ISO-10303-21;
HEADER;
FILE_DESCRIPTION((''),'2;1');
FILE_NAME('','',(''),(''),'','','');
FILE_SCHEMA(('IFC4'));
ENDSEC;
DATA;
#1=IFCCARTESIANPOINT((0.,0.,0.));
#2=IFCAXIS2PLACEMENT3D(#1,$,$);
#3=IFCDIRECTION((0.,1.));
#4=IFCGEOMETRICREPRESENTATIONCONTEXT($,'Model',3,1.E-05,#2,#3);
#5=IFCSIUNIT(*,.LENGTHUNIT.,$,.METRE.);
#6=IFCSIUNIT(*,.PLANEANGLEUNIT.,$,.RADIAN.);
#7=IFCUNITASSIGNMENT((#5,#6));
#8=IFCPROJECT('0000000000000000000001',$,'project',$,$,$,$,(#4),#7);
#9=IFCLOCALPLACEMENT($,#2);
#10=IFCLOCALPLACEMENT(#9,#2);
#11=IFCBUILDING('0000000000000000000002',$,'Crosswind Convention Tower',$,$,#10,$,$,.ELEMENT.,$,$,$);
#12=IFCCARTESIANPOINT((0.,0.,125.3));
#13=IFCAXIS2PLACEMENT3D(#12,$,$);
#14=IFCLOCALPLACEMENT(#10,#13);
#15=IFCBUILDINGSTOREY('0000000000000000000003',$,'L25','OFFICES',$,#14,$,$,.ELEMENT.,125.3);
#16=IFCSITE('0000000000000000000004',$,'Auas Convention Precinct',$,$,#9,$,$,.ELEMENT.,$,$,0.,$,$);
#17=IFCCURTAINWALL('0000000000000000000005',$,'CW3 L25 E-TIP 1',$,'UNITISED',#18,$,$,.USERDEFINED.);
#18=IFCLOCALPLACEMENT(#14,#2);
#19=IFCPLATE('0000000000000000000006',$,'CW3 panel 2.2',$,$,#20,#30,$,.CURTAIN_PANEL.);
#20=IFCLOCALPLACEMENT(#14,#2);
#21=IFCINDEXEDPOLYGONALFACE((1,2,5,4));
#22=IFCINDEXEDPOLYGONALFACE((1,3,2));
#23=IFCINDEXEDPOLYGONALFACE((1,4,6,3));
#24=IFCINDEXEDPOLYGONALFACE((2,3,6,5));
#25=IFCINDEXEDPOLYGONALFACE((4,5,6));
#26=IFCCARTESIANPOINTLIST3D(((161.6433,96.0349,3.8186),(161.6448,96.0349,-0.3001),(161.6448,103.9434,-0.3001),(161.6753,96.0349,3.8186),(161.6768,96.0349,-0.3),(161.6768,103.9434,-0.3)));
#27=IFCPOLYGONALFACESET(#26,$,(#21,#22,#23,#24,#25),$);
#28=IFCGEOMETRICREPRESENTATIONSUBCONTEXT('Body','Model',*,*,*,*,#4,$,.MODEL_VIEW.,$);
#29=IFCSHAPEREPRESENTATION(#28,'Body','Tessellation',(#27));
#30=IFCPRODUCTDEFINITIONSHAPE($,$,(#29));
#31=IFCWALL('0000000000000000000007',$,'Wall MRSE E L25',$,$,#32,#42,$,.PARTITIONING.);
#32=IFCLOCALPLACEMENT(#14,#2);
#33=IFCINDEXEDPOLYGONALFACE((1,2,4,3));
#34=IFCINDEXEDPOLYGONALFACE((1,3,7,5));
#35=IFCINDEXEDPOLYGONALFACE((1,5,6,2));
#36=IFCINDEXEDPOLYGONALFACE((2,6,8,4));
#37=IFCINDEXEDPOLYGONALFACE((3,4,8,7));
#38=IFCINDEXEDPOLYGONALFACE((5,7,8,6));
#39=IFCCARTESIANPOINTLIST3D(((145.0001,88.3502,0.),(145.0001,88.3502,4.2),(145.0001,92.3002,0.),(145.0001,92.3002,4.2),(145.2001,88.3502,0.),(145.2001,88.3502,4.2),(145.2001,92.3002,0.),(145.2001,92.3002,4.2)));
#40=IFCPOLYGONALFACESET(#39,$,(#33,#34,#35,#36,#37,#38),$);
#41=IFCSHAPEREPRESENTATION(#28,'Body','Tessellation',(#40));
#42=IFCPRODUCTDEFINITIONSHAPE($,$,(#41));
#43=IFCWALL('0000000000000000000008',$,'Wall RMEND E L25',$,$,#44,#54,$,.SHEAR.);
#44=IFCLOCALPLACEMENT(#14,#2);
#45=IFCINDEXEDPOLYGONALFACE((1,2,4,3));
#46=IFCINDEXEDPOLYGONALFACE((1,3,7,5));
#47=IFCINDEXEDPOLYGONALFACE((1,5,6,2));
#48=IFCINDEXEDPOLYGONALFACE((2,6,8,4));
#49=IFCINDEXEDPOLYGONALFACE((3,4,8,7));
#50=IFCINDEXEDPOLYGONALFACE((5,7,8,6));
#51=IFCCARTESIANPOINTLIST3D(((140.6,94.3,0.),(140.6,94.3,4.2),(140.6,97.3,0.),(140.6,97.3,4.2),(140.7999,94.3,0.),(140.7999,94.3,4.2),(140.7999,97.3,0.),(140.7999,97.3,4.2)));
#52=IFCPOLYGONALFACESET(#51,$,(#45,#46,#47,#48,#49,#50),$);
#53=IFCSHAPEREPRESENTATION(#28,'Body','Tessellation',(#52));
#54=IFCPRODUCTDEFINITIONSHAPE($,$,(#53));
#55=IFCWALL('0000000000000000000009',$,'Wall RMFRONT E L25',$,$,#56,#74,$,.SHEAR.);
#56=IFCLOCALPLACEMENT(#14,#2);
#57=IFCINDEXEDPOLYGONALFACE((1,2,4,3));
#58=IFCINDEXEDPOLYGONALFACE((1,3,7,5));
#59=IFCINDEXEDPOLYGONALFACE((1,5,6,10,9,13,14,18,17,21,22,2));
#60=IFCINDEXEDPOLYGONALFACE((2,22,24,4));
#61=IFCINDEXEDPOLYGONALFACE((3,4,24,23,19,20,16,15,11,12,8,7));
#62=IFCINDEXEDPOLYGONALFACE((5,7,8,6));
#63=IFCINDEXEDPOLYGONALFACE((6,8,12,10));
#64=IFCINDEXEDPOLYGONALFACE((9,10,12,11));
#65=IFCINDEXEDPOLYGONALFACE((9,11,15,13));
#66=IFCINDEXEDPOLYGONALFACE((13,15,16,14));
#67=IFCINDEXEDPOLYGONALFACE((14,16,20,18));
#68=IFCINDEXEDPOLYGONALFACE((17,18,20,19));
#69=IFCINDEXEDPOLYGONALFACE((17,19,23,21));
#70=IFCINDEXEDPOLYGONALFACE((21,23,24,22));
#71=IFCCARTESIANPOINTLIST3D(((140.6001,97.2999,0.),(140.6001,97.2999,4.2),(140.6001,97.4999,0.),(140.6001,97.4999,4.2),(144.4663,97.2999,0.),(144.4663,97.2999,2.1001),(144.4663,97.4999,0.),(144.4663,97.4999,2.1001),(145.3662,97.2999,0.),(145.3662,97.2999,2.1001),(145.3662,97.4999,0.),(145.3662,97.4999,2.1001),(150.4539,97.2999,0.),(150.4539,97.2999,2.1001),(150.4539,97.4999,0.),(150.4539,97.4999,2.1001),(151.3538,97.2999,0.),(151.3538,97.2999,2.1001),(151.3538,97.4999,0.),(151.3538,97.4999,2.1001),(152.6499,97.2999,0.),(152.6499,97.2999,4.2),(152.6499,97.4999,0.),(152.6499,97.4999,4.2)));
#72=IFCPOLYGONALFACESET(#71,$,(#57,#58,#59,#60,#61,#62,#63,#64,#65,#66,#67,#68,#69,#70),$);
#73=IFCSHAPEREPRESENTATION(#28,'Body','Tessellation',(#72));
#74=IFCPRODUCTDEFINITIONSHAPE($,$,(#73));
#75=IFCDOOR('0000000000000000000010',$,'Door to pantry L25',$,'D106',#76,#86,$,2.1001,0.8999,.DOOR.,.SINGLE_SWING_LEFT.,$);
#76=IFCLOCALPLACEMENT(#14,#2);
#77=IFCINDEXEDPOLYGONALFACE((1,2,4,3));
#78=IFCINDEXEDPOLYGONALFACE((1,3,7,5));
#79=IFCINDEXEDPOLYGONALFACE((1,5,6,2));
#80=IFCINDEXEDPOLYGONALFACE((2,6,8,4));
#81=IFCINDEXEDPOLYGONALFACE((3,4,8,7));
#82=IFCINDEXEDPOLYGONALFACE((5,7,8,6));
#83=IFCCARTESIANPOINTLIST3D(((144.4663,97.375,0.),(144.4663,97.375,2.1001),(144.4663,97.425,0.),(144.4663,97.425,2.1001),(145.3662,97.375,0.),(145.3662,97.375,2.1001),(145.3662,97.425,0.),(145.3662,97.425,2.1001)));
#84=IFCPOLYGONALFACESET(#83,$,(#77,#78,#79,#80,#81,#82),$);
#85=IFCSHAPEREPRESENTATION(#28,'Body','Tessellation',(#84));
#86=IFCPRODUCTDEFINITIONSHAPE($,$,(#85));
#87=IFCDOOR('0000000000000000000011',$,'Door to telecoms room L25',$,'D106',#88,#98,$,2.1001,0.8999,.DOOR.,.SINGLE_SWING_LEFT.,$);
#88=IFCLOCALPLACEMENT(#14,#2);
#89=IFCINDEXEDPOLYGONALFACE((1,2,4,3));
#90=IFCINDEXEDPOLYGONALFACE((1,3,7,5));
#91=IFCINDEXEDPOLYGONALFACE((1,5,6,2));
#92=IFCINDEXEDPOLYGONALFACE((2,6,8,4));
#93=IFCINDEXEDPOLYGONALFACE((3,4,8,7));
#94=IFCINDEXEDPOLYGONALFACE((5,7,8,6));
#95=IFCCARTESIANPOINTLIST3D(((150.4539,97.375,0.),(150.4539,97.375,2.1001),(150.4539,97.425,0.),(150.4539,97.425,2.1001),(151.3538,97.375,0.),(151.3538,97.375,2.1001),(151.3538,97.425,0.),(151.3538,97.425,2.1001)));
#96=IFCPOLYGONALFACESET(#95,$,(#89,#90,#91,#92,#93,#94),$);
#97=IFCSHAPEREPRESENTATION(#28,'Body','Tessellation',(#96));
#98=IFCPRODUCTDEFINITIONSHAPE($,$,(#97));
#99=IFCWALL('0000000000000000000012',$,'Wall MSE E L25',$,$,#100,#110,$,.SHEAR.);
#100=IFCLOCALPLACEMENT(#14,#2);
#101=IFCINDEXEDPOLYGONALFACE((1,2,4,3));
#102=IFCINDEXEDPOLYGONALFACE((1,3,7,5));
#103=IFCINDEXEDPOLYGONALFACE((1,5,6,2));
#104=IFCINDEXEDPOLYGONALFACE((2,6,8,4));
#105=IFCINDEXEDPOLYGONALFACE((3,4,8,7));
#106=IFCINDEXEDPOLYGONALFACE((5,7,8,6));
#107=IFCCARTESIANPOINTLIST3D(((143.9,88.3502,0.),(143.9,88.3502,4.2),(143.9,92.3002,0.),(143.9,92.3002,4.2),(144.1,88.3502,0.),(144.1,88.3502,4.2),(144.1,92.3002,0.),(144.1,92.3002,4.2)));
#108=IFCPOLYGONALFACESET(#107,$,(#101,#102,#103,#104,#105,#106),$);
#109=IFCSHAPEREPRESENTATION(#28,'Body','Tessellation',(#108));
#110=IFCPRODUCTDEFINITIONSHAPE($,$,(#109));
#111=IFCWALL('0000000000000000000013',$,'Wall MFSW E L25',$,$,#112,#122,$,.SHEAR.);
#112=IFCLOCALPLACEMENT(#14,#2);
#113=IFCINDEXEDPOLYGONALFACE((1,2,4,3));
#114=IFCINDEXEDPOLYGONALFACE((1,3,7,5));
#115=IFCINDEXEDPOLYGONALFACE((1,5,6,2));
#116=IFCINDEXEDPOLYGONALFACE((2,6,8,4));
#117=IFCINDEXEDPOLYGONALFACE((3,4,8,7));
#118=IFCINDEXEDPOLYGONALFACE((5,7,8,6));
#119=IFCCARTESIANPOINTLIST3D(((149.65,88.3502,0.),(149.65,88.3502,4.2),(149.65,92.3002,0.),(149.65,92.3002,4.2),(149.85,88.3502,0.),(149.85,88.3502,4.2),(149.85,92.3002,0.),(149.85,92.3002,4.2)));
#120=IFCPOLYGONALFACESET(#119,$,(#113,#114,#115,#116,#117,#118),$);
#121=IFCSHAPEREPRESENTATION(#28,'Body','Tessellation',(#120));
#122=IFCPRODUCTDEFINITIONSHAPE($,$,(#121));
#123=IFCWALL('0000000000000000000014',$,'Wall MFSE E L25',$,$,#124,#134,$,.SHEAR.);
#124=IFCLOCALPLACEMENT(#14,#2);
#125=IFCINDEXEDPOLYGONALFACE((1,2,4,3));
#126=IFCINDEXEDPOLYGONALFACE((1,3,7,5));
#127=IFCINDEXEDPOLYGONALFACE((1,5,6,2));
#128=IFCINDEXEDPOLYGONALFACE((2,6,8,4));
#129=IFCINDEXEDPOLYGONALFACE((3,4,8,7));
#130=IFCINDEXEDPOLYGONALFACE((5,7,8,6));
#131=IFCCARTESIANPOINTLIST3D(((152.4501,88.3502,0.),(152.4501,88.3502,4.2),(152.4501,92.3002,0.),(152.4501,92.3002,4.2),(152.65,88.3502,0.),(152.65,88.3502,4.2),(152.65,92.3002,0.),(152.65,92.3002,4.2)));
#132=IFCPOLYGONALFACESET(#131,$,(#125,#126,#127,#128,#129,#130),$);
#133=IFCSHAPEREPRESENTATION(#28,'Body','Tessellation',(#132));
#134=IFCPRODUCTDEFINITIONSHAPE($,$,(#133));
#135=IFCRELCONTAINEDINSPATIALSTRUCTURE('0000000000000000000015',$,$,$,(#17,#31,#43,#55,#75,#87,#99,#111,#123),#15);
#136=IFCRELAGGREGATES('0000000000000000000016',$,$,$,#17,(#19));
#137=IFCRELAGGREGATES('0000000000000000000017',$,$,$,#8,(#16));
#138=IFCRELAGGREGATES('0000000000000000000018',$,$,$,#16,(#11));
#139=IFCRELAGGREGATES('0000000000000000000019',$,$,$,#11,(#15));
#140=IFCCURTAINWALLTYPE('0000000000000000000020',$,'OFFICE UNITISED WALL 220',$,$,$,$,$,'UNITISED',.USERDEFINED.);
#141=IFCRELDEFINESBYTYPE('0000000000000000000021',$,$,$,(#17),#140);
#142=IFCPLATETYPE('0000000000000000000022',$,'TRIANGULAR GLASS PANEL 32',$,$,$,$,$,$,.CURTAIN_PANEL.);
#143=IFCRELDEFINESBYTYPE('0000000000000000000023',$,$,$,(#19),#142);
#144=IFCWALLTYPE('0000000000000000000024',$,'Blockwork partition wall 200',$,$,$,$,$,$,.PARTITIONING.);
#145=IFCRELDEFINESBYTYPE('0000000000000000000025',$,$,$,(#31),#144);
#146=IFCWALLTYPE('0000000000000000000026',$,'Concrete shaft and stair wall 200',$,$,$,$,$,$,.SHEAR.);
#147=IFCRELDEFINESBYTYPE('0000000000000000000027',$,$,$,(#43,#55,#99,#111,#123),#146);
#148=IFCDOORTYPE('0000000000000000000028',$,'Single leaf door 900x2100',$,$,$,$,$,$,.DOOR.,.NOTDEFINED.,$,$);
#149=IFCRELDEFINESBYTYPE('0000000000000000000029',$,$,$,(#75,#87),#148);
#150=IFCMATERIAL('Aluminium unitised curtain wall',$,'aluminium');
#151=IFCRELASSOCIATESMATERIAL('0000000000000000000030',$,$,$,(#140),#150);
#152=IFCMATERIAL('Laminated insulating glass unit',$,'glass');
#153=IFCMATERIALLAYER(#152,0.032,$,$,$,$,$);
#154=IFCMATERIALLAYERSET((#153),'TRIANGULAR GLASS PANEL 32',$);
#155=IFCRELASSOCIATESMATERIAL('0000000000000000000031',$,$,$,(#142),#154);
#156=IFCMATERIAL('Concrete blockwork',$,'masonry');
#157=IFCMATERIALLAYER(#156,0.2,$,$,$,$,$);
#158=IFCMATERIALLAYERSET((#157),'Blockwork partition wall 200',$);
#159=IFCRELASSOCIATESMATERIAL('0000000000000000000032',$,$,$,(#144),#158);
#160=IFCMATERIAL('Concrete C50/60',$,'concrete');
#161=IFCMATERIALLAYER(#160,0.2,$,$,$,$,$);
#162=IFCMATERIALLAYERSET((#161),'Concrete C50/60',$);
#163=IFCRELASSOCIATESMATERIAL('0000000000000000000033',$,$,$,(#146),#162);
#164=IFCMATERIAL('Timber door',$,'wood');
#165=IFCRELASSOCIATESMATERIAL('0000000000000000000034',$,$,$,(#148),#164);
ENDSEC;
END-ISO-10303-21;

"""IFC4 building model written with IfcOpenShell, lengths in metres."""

from ifc_helpers import new_model, si_unit, direction, frame, frame_2d, origin, place, context, subcontext, project, spatial, polyline, rectangle, outline, extrude, material, layer, layer_set, type_object, element, fill, aggregate, save


model = new_model("IFC4")

# Units and contexts
model_context = context("Model", 3, precision=1e-05, world=origin(), true_north=direction((0.0, 1.0)))
body_context = subcontext(model_context, "Body", "Model", "MODEL_VIEW")
ifc_project = project(units=[si_unit("LENGTHUNIT", "METRE"), si_unit("PLANEANGLEUNIT", "RADIAN")], contexts=[model_context])

# Site, building, storey
site_placement = place(None, origin())
site = spatial("IfcSite", under=ifc_project, at=site_placement, Name="Auas Convention Precinct", CompositionType="ELEMENT", RefElevation=0.0)
building_placement = place(site_placement, origin())
building = spatial("IfcBuilding", under=site, at=building_placement, Name="Crosswind Convention Tower", CompositionType="ELEMENT")
storey_placement = place(building_placement, frame((0.0, 0.0, 125.3)))
storey = spatial("IfcBuildingStorey", under=building, at=storey_placement, Name="L25", Description="OFFICES", CompositionType="ELEMENT", Elevation=125.3)

# Curtain wall
ifc_material_1 = material(Name="Aluminium unitised curtain wall", Category="aluminium")
curtain_wall_type = type_object("IfcCurtainWallType", Name="OFFICE UNITISED WALL 220", ElementType="UNITISED", PredefinedType="USERDEFINED", material=ifc_material_1)
curtain_wall_placement = place(storey_placement, origin())
curtain_wall = element("IfcCurtainWall", 1, at=curtain_wall_placement, inside=storey, type_object=curtain_wall_type, Name="CW3 L25 E-TIP 1", ObjectType="UNITISED", PredefinedType="USERDEFINED")

# Plate
ifc_material_2 = material(Name="Laminated insulating glass unit", Category="glass")
ifc_layer_1 = layer(ifc_material_2, 0.032)
ifc_layer_set_1 = layer_set([ifc_layer_1], Name="TRIANGULAR GLASS PANEL 32")
plate_type = type_object("IfcPlateType", Name="TRIANGULAR GLASS PANEL 32", PredefinedType="CURTAIN_PANEL", material=ifc_layer_set_1)
plate_1_placement = place(storey_placement, frame((161.6768, 96.0349, -0.3), z_axis=(1.0, 0.0, 0.000356), x_axis=(0.0, 1.0, 0.0)))
plate_1 = element("IfcPlate", 2, at=plate_1_placement, type_object=plate_type, Name="CW3 panel 2.2", PredefinedType="CURTAIN_PANEL", context=body_context, shape_type="SweptSolid", body=[
    extrude(outline(polyline([(0.0, 0.0), (7.9084, 0.0), (0.0, 4.1187), (0.0, 0.0)])), origin(), (0.0, 0.0, -1.0), 0.032),
])
aggregate(curtain_wall, [plate_1])

# Wall
ifc_material_3 = material(Name="Concrete blockwork", Category="masonry")
ifc_layer_2 = layer(ifc_material_3, 0.2)
ifc_layer_set_2 = layer_set([ifc_layer_2], Name="Blockwork partition wall 200")
wall_type_1 = type_object("IfcWallType", Name="Blockwork partition wall 200", PredefinedType="PARTITIONING", material=ifc_layer_set_2)
wall_1_placement = place(storey_placement, frame((145.1001, 88.3501, 0.0), z_axis=(0.0, 0.0, 1.0), x_axis=(0.0, 1.0, 0.0)))
element("IfcWall", 3, at=wall_1_placement, inside=storey, type_object=wall_type_1, Name="Wall MRSE E L25", PredefinedType="PARTITIONING", context=body_context, shape_type="SweptSolid", body=[
    extrude(rectangle(XDim=3.95, YDim=0.2, at=frame_2d((1.9751, 0.0))), origin(), (0.0, 0.0, 1.0), 4.2),
])

# Wall
ifc_material_4 = material(Name="Concrete C50/60", Category="concrete")
ifc_layer_3 = layer(ifc_material_4, 0.2)
ifc_layer_set_3 = layer_set([ifc_layer_3], Name="Concrete C50/60")
wall_type_2 = type_object("IfcWallType", Name="Concrete shaft and stair wall 200", PredefinedType="SHEAR", material=ifc_layer_set_3)
wall_2_placement = place(storey_placement, frame((140.7, 94.3, 0.0), z_axis=(0.0, 0.0, 1.0), x_axis=(0.0, 1.0, 0.0)))
element("IfcWall", 4, at=wall_2_placement, inside=storey, type_object=wall_type_2, Name="Wall RMEND E L25", PredefinedType="SHEAR", context=body_context, shape_type="SweptSolid", body=[
    extrude(rectangle(XDim=3.0, YDim=0.2, at=frame_2d((1.5, 0.0))), origin(), (0.0, 0.0, 1.0), 4.2),
])

# Wall, openings, doors
wall_3_placement = place(storey_placement, frame((140.6001, 97.3999, 0.0), z_axis=(0.0, 0.0, 1.0), x_axis=(1.0, 0.0, 0.0)))
wall_3 = element("IfcWall", 5, at=wall_3_placement, inside=storey, type_object=wall_type_2, Name="Wall RMFRONT E L25", PredefinedType="SHEAR", context=body_context, shape_type="SweptSolid", body=[
    extrude(rectangle(XDim=12.0498, YDim=0.2, at=frame_2d((6.0249, 0.0))), origin(), (0.0, 0.0, 1.0), 4.2),
])
opening_1_placement = place(wall_3_placement, frame((3.8662, 0.0, 0.0)))
opening_1 = element("IfcOpeningElement", 6, at=opening_1_placement, cuts=wall_3, PredefinedType="OPENING", context=body_context, shape_type="SweptSolid", body=[
    extrude(rectangle(XDim=0.8999, YDim=2.1001, at=frame_2d((0.45, 1.05))), frame((0.0, 0.1099, 0.0), z_axis=(0.0, -1.0, 0.0), x_axis=(1.0, 0.0, 0.0)), (0.0, 0.0, 1.0), 0.22),
])
opening_2_placement = place(wall_3_placement, frame((9.8538, 0.0, 0.0)))
opening_2 = element("IfcOpeningElement", 7, at=opening_2_placement, cuts=wall_3, PredefinedType="OPENING", context=body_context, shape_type="SweptSolid", body=[
    extrude(rectangle(XDim=0.8999, YDim=2.1001, at=frame_2d((0.45, 1.05))), frame((0.0, 0.1099, 0.0), z_axis=(0.0, -1.0, 0.0), x_axis=(1.0, 0.0, 0.0)), (0.0, 0.0, 1.0), 0.22),
])
ifc_material_5 = material(Name="Timber door", Category="wood")
door_type_1 = type_object("IfcDoorType", Name="Single leaf door 900x2100", OperationType="NOTDEFINED", PredefinedType="DOOR", material=ifc_material_5)
door_1_placement = place(opening_1_placement, frame((0.8999, 0.0, 0.0), z_axis=(0.0, 0.0, 1.0), x_axis=(-1.0, 0.0, 0.0)))
door_1 = element("IfcDoor", 8, at=door_1_placement, inside=storey, type_object=door_type_1, Name="Door to pantry L25", ObjectType="D106", OperationType="SINGLE_SWING_LEFT", OverallHeight=2.1001, OverallWidth=0.8999, PredefinedType="DOOR", context=body_context, shape_type="SweptSolid", body=[
    extrude(rectangle(XDim=0.8999, YDim=2.1001, at=frame_2d((0.45, 1.05))), frame((0.0, 0.0249, 0.0), z_axis=(0.0, -1.0, 0.0), x_axis=(1.0, 0.0, 0.0)), (0.0, 0.0, 1.0), 0.05),
])
fill(opening_1, door_1)
door_2_placement = place(opening_2_placement, frame((0.8999, 0.0, 0.0), z_axis=(0.0, 0.0, 1.0), x_axis=(-1.0, 0.0, 0.0)))
door_2 = element("IfcDoor", 9, at=door_2_placement, inside=storey, type_object=door_type_1, Name="Door to telecoms room L25", ObjectType="D106", OperationType="SINGLE_SWING_LEFT", OverallHeight=2.1001, OverallWidth=0.8999, PredefinedType="DOOR", context=body_context, shape_type="SweptSolid", body=[
    extrude(rectangle(XDim=0.8999, YDim=2.1001, at=frame_2d((0.45, 1.05))), frame((0.0, 0.0249, 0.0), z_axis=(0.0, -1.0, 0.0), x_axis=(1.0, 0.0, 0.0)), (0.0, 0.0, 1.0), 0.05),
])
fill(opening_2, door_2)

# Walls
for number, where, z_axis, x_axis, name in (
    (10, (144.0, 88.3501, 0.0), (0.0, 0.0, 1.0), (0.0, 1.0, 0.0), "Wall MSE E L25"),
    (11, (149.75, 88.3501, 0.0), (0.0, 0.0, 1.0), (0.0, 1.0, 0.0), "Wall MFSW E L25"),
    (12, (152.55, 88.3501, 0.0), (0.0, 0.0, 1.0), (0.0, 1.0, 0.0), "Wall MFSE E L25"),
):
    element("IfcWall", number, at=place(storey_placement, frame(where, z_axis=z_axis, x_axis=x_axis)), inside=storey, type_object=wall_type_2, Name=name, PredefinedType="SHEAR", context=body_context, shape_type="SweptSolid", body=[
        extrude(rectangle(XDim=3.95, YDim=0.2, at=frame_2d((1.9751, 0.0))), origin(), (0.0, 0.0, 1.0), 4.2),
    ])

save(model, "model.ifc")
